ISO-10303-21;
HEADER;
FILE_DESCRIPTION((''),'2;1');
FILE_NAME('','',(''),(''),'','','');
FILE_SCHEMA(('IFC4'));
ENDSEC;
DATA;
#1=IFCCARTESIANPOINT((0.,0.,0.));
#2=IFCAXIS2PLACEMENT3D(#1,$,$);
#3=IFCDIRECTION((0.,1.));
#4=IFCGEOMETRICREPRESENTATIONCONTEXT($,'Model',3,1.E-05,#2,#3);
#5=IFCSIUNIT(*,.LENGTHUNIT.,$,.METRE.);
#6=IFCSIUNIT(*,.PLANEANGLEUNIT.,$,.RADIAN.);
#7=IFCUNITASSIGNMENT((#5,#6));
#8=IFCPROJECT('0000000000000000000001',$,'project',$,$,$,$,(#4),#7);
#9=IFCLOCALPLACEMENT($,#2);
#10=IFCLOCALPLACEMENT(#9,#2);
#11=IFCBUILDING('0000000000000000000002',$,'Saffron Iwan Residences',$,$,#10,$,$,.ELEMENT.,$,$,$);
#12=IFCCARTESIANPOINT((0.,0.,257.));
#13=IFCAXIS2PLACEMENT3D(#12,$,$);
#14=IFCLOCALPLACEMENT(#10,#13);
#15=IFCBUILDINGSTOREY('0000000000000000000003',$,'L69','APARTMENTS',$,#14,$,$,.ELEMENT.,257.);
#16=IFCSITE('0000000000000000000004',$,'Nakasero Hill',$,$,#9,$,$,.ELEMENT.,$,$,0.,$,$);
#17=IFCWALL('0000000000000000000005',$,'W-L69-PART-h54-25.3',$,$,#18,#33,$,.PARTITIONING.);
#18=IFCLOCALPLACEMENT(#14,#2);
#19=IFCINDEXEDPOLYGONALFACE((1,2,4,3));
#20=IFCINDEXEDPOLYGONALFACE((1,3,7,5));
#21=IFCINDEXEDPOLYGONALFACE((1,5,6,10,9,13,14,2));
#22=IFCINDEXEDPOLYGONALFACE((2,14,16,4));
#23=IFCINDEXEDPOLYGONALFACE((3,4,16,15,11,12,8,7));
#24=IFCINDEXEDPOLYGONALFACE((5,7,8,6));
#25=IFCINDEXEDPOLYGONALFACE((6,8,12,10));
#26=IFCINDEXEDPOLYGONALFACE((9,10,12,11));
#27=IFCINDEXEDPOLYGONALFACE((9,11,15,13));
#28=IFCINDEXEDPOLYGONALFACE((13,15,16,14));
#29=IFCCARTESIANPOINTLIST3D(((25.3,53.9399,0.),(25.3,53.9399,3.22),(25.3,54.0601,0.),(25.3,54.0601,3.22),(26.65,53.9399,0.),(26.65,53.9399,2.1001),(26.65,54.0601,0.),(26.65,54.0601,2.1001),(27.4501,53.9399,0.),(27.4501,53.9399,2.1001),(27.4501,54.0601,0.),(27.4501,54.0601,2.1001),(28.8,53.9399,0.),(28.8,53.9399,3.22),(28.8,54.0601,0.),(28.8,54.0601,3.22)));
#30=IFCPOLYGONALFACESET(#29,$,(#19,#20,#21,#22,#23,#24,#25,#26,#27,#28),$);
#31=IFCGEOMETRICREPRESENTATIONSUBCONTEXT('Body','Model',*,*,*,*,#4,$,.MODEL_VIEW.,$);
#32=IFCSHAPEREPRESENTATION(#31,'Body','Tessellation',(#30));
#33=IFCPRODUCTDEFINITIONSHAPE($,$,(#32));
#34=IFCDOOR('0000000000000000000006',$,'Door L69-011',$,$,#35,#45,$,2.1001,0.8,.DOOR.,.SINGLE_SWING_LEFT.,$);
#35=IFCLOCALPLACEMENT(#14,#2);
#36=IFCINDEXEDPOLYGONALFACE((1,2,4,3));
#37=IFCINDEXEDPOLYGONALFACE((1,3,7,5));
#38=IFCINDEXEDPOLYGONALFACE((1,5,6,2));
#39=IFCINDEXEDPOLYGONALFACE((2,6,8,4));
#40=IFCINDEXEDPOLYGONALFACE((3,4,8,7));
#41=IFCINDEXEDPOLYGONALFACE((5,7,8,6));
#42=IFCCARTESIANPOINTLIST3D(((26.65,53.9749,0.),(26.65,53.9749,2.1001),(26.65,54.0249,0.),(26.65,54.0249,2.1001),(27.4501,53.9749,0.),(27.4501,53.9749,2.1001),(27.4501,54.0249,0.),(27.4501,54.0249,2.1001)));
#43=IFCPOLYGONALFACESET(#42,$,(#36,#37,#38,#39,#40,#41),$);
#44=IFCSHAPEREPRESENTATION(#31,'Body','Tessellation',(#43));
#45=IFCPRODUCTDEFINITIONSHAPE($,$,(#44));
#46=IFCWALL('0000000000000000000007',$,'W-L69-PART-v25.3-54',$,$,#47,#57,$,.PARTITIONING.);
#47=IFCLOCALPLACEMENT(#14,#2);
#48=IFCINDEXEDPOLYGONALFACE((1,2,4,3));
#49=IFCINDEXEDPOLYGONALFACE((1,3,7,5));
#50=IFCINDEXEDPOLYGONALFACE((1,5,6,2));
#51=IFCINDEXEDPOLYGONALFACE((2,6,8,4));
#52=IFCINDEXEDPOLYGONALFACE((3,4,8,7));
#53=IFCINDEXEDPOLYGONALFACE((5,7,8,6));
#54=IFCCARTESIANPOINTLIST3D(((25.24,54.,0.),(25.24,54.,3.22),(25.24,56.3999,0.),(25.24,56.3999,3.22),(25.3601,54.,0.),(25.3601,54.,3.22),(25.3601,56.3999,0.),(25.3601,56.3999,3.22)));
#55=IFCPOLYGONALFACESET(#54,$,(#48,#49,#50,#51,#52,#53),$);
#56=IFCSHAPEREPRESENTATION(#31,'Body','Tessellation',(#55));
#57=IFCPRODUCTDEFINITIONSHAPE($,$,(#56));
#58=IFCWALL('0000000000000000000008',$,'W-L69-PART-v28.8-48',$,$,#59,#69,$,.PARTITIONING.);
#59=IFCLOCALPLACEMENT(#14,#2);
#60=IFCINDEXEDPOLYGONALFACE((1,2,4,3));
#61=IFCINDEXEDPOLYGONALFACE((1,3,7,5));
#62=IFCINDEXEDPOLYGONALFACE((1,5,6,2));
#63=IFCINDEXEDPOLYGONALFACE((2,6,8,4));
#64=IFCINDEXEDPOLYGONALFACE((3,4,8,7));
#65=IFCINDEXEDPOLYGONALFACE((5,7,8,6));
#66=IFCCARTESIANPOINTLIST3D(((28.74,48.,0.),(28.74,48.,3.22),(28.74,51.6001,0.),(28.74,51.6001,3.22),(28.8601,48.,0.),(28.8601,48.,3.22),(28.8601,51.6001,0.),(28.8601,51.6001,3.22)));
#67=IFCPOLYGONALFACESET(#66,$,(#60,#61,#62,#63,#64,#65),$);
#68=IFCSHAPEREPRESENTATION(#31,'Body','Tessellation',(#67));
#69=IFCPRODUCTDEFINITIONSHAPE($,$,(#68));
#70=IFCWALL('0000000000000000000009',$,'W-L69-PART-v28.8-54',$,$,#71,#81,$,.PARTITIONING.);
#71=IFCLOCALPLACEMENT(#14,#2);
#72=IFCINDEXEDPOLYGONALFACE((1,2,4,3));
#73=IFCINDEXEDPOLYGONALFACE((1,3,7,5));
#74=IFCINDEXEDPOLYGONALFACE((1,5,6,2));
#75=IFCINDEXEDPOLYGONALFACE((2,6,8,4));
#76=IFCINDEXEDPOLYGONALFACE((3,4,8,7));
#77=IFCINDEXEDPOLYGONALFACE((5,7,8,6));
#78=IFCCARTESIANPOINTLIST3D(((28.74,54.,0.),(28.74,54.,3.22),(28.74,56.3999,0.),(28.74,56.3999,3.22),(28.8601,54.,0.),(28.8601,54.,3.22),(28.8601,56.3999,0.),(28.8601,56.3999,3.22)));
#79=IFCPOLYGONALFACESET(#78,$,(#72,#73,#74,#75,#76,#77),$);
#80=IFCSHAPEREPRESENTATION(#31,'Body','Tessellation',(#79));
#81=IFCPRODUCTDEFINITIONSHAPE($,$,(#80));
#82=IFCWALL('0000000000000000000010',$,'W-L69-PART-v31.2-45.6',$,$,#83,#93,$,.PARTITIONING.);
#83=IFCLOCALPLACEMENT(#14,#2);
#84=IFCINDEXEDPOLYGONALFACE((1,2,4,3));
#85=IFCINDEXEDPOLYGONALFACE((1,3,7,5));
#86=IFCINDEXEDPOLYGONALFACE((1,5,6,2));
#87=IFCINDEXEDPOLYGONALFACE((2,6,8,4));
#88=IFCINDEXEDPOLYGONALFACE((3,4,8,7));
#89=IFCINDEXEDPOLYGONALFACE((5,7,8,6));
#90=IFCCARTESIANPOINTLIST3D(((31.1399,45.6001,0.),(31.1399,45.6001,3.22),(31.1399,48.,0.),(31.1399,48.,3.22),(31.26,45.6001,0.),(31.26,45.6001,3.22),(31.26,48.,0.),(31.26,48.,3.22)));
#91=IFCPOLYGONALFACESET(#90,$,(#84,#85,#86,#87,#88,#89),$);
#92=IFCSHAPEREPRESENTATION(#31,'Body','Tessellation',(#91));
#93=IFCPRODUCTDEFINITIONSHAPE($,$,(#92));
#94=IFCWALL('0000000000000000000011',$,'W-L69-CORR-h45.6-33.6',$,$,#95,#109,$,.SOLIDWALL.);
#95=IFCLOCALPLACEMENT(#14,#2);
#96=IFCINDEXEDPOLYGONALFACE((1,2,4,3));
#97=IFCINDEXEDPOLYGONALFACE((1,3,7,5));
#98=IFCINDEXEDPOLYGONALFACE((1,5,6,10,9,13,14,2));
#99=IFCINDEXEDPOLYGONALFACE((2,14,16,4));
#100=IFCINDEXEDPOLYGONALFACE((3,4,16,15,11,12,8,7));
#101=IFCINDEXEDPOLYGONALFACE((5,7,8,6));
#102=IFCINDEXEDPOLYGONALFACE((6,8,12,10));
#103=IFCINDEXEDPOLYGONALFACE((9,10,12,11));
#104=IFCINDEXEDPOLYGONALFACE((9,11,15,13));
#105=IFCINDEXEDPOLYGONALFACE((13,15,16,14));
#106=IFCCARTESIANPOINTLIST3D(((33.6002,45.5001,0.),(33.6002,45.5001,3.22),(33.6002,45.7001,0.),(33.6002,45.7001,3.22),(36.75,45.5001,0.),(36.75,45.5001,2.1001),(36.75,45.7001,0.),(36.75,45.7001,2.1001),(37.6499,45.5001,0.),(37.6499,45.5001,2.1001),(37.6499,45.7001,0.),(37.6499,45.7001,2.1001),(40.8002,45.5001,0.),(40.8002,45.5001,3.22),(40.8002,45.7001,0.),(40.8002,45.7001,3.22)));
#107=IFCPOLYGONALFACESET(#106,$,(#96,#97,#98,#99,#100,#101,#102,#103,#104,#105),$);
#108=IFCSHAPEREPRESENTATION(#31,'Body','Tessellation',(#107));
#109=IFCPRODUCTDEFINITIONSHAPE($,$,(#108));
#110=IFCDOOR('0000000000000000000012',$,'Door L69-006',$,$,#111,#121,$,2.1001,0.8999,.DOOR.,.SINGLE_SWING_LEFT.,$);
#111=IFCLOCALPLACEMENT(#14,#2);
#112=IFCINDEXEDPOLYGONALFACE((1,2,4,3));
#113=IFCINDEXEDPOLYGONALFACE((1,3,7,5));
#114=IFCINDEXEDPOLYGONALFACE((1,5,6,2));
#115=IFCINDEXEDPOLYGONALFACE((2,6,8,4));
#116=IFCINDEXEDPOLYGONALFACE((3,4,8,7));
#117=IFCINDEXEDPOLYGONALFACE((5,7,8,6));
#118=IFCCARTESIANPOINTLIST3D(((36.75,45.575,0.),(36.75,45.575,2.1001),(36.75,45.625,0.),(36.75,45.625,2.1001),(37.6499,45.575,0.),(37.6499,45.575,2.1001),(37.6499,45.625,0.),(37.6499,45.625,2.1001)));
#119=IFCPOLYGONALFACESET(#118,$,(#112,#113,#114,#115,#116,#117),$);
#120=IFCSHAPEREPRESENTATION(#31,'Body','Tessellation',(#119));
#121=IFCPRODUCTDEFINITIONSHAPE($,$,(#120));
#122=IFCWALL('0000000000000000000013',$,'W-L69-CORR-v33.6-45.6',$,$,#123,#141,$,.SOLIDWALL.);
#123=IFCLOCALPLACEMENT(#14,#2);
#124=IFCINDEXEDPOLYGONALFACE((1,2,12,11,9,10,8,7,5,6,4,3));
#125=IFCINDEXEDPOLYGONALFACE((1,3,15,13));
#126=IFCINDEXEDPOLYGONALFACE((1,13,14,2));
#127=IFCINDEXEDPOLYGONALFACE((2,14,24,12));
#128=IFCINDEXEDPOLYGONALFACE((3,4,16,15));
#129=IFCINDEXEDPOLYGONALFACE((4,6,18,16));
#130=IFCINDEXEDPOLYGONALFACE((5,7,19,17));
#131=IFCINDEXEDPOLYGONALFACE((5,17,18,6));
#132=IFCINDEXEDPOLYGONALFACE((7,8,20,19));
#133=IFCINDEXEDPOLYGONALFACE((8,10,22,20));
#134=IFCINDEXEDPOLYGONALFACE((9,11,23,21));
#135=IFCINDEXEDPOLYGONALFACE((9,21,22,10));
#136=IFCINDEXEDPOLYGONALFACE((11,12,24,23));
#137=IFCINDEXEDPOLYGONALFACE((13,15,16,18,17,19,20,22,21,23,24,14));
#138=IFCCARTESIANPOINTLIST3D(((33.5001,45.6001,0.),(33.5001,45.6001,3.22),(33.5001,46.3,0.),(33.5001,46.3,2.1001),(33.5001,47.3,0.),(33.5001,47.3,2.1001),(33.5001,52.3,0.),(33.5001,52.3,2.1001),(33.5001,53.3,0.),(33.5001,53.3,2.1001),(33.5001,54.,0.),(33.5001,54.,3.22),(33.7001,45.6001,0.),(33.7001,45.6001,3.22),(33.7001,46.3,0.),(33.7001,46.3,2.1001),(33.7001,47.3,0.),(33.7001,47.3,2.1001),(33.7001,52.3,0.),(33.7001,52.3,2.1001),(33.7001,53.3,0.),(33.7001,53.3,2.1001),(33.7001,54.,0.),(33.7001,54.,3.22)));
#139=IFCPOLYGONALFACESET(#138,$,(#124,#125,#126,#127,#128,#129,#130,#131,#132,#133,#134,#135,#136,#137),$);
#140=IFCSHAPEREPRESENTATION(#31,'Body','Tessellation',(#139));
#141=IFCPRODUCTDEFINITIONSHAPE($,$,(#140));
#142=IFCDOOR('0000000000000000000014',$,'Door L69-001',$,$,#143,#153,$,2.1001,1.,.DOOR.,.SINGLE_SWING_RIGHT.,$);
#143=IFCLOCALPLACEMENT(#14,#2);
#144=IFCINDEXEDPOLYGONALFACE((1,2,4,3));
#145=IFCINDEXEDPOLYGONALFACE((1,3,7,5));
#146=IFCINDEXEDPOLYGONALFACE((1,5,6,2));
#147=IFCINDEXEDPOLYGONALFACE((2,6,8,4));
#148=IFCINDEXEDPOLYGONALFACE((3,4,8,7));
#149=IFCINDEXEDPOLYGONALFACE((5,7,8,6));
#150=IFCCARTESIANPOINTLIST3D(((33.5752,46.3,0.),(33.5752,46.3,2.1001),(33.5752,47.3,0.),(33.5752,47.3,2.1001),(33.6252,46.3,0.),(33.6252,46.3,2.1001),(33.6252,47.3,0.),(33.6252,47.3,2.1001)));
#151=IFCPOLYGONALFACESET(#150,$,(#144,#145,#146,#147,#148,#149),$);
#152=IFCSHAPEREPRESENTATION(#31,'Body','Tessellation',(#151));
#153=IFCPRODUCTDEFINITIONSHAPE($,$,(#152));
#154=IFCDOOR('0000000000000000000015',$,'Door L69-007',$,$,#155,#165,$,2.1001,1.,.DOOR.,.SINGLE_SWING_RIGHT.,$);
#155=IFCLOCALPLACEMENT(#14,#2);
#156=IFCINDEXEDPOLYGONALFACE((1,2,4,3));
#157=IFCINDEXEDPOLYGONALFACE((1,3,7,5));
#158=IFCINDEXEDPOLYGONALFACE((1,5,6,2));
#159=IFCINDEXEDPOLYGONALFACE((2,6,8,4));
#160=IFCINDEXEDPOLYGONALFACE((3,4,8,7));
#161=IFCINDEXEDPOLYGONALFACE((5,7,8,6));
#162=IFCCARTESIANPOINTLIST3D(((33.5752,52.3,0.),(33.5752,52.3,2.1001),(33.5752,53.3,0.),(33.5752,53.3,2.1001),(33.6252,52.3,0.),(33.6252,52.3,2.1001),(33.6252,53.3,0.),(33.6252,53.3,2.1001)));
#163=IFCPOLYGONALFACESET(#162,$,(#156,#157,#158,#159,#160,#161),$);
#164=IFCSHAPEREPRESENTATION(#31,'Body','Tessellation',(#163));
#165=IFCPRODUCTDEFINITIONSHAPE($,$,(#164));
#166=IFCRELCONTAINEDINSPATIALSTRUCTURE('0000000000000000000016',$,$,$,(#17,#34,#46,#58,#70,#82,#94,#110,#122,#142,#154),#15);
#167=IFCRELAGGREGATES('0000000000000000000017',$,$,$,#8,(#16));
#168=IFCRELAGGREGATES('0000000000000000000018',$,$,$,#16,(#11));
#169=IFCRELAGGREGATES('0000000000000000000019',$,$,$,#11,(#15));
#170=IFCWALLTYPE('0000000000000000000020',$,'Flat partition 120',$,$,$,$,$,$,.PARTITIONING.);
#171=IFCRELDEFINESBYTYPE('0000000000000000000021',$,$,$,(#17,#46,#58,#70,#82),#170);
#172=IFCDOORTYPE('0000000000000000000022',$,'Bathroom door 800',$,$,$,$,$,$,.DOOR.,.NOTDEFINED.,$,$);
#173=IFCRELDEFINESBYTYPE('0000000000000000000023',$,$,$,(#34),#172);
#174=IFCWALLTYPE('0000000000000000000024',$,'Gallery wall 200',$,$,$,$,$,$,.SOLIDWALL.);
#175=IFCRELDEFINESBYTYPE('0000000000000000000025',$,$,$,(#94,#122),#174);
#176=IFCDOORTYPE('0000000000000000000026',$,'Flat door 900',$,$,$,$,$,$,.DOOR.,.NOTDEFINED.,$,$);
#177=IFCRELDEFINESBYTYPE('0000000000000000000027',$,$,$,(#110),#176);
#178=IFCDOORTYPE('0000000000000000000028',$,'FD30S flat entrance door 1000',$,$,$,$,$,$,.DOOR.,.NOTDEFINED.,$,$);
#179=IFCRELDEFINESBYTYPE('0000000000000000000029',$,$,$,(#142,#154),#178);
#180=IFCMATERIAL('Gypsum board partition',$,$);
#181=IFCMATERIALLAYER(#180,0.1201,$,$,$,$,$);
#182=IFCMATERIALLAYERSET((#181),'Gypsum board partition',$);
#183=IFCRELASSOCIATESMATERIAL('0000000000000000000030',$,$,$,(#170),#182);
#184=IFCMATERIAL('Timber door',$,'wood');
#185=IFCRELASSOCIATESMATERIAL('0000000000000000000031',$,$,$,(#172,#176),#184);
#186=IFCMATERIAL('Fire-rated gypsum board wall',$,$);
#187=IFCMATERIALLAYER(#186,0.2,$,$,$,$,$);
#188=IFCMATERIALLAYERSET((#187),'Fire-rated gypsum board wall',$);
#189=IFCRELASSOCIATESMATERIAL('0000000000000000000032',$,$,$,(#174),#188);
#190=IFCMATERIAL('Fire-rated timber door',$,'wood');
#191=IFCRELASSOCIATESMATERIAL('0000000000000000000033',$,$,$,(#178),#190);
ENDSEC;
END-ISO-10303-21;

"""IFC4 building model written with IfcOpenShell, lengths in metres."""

from ifc_helpers import new_model, si_unit, direction, frame, frame_2d, origin, place, context, subcontext, project, spatial, rectangle, extrude, material, layer, layer_set, type_object, element, fill, save


model = new_model("IFC4")

# Units and contexts
model_context = context("Model", 3, precision=1e-05, world=origin(), true_north=direction((0.0, 1.0)))
body_context = subcontext(model_context, "Body", "Model", "MODEL_VIEW")
ifc_project = project(units=[si_unit("LENGTHUNIT", "METRE"), si_unit("PLANEANGLEUNIT", "RADIAN")], contexts=[model_context])

# Site, building, storey
site_placement = place(None, origin())
site = spatial("IfcSite", under=ifc_project, at=site_placement, Name="Nakasero Hill", CompositionType="ELEMENT", RefElevation=0.0)
building_placement = place(site_placement, origin())
building = spatial("IfcBuilding", under=site, at=building_placement, Name="Saffron Iwan Residences", CompositionType="ELEMENT")
storey_placement = place(building_placement, frame((0.0, 0.0, 257.0)))
storey = spatial("IfcBuildingStorey", under=building, at=storey_placement, Name="L69", Description="APARTMENTS", CompositionType="ELEMENT", Elevation=257.0)

# Wall, opening, door
ifc_material_1 = material(Name="Gypsum board partition")
ifc_layer_1 = layer(ifc_material_1, 0.1201)
ifc_layer_set_1 = layer_set([ifc_layer_1], Name="Gypsum board partition")
wall_type_1 = type_object("IfcWallType", Name="Flat partition 120", PredefinedType="PARTITIONING", material=ifc_layer_set_1)
wall_1_placement = place(storey_placement, frame((25.3, 54.0, 0.0), z_axis=(0.0, 0.0, 1.0), x_axis=(1.0, 0.0, 0.0)))
wall_1 = element("IfcWall", 1, at=wall_1_placement, inside=storey, type_object=wall_type_1, Name="W-L69-PART-h54-25.3", PredefinedType="PARTITIONING", context=body_context, shape_type="SweptSolid", body=[
    extrude(rectangle(XDim=3.5, YDim=0.1201, at=frame_2d((1.75, 0.0))), origin(), (0.0, 0.0, 1.0), 3.22),
])
opening_1_placement = place(wall_1_placement, frame((1.3501, 0.0, 0.0)))
opening_1 = element("IfcOpeningElement", 2, at=opening_1_placement, cuts=wall_1, PredefinedType="OPENING", context=body_context, shape_type="SweptSolid", body=[
    extrude(rectangle(XDim=0.8, YDim=2.1001, at=frame_2d((0.3999, 1.05))), frame((0.0, 0.0701, 0.0), z_axis=(0.0, -1.0, 0.0), x_axis=(1.0, 0.0, 0.0)), (0.0, 0.0, 1.0), 0.1401),
])
ifc_material_2 = material(Name="Timber door", Category="wood")
door_type_1 = type_object("IfcDoorType", Name="Bathroom door 800", OperationType="NOTDEFINED", PredefinedType="DOOR", material=ifc_material_2)
door_1_placement = place(opening_1_placement, origin())
door_1 = element("IfcDoor", 3, at=door_1_placement, inside=storey, type_object=door_type_1, Name="Door L69-011", OperationType="SINGLE_SWING_LEFT", OverallHeight=2.1001, OverallWidth=0.8, PredefinedType="DOOR", context=body_context, shape_type="SweptSolid", body=[
    extrude(rectangle(XDim=0.8, YDim=2.1001, at=frame_2d((0.3999, 1.05))), frame((0.0, 0.0249, 0.0), z_axis=(0.0, -1.0, 0.0), x_axis=(1.0, 0.0, 0.0)), (0.0, 0.0, 1.0), 0.05),
])
fill(opening_1, door_1)

# Walls
wall_2_placement = place(storey_placement, frame((25.3, 54.0, 0.0), z_axis=(0.0, 0.0, 1.0), x_axis=(0.0, 1.0, 0.0)))
element("IfcWall", 4, at=wall_2_placement, inside=storey, type_object=wall_type_1, Name="W-L69-PART-v25.3-54", PredefinedType="PARTITIONING", context=body_context, shape_type="SweptSolid", body=[
    extrude(rectangle(XDim=2.3999, YDim=0.1201, at=frame_2d((1.2, 0.0))), origin(), (0.0, 0.0, 1.0), 3.22),
])
wall_3_placement = place(storey_placement, frame((28.8, 48.0, 0.0), z_axis=(0.0, 0.0, 1.0), x_axis=(0.0, 1.0, 0.0)))
element("IfcWall", 5, at=wall_3_placement, inside=storey, type_object=wall_type_1, Name="W-L69-PART-v28.8-48", PredefinedType="PARTITIONING", context=body_context, shape_type="SweptSolid", body=[
    extrude(rectangle(XDim=3.6001, YDim=0.1201, at=frame_2d((1.8, 0.0))), origin(), (0.0, 0.0, 1.0), 3.22),
])
for number, where, z_axis, x_axis, name in (
    (6, (28.8, 54.0, 0.0), (0.0, 0.0, 1.0), (0.0, 1.0, 0.0), "W-L69-PART-v28.8-54"),
    (7, (31.2, 45.6001, 0.0), (0.0, 0.0, 1.0), (0.0, 1.0, 0.0), "W-L69-PART-v31.2-45.6"),
):
    element("IfcWall", number, at=place(storey_placement, frame(where, z_axis=z_axis, x_axis=x_axis)), inside=storey, type_object=wall_type_1, Name=name, PredefinedType="PARTITIONING", context=body_context, shape_type="SweptSolid", body=[
        extrude(rectangle(XDim=2.3999, YDim=0.1201, at=frame_2d((1.2, 0.0))), origin(), (0.0, 0.0, 1.0), 3.22),
    ])

# Wall, opening, door
ifc_material_3 = material(Name="Fire-rated gypsum board wall")
ifc_layer_2 = layer(ifc_material_3, 0.2)
ifc_layer_set_2 = layer_set([ifc_layer_2], Name="Fire-rated gypsum board wall")
wall_type_2 = type_object("IfcWallType", Name="Gallery wall 200", PredefinedType="SOLIDWALL", material=ifc_layer_set_2)
wall_4_placement = place(storey_placement, frame((33.6001, 45.6001, 0.0), z_axis=(0.0, 0.0, 1.0), x_axis=(1.0, 0.0, 0.0)))
wall_4 = element("IfcWall", 8, at=wall_4_placement, inside=storey, type_object=wall_type_2, Name="W-L69-CORR-h45.6-33.6", PredefinedType="SOLIDWALL", context=body_context, shape_type="SweptSolid", body=[
    extrude(rectangle(XDim=7.2, YDim=0.2, at=frame_2d((3.6001, 0.0))), origin(), (0.0, 0.0, 1.0), 3.22),
])
opening_2_placement = place(wall_4_placement, frame((3.1499, 0.0, 0.0)))
opening_2 = element("IfcOpeningElement", 9, at=opening_2_placement, cuts=wall_4, PredefinedType="OPENING", context=body_context, shape_type="SweptSolid", body=[
    extrude(rectangle(XDim=0.8999, YDim=2.1001, at=frame_2d((0.45, 1.05))), frame((0.0, 0.1099, 0.0), z_axis=(0.0, -1.0, 0.0), x_axis=(1.0, 0.0, 0.0)), (0.0, 0.0, 1.0), 0.22),
])
door_type_2 = type_object("IfcDoorType", Name="Flat door 900", OperationType="NOTDEFINED", PredefinedType="DOOR", material=ifc_material_2)
door_2_placement = place(opening_2_placement, origin())
door_2 = element("IfcDoor", 10, at=door_2_placement, inside=storey, type_object=door_type_2, Name="Door L69-006", OperationType="SINGLE_SWING_LEFT", OverallHeight=2.1001, OverallWidth=0.8999, PredefinedType="DOOR", context=body_context, shape_type="SweptSolid", body=[
    extrude(rectangle(XDim=0.8999, YDim=2.1001, at=frame_2d((0.45, 1.05))), frame((0.0, 0.0249, 0.0), z_axis=(0.0, -1.0, 0.0), x_axis=(1.0, 0.0, 0.0)), (0.0, 0.0, 1.0), 0.05),
])
fill(opening_2, door_2)

# Wall, openings, doors
wall_5_placement = place(storey_placement, frame((33.6001, 45.6001, 0.0), z_axis=(0.0, 0.0, 1.0), x_axis=(0.0, 1.0, 0.0)))
wall_5 = element("IfcWall", 11, at=wall_5_placement, inside=storey, type_object=wall_type_2, Name="W-L69-CORR-v33.6-45.6", PredefinedType="SOLIDWALL", context=body_context, shape_type="SweptSolid", body=[
    extrude(rectangle(XDim=8.3999, YDim=0.2, at=frame_2d((4.2, 0.0))), origin(), (0.0, 0.0, 1.0), 3.22),
])
opening_3_placement = place(wall_5_placement, frame((0.7, 0.0, 0.0)))
opening_3 = element("IfcOpeningElement", 12, at=opening_3_placement, cuts=wall_5, PredefinedType="OPENING", context=body_context, shape_type="SweptSolid", body=[
    extrude(rectangle(XDim=1.0, YDim=2.1001, at=frame_2d((0.5, 1.05))), frame((0.0, 0.1099, 0.0), z_axis=(0.0, -1.0, 0.0), x_axis=(1.0, 0.0, 0.0)), (0.0, 0.0, 1.0), 0.22),
])
opening_4_placement = place(wall_5_placement, frame((6.7, 0.0, 0.0)))
opening_4 = element("IfcOpeningElement", 13, at=opening_4_placement, cuts=wall_5, PredefinedType="OPENING", context=body_context, shape_type="SweptSolid", body=[
    extrude(rectangle(XDim=1.0, YDim=2.1001, at=frame_2d((0.5, 1.05))), frame((0.0, 0.1099, 0.0), z_axis=(0.0, -1.0, 0.0), x_axis=(1.0, 0.0, 0.0)), (0.0, 0.0, 1.0), 0.22),
])
ifc_material_4 = material(Name="Fire-rated timber door", Category="wood")
door_type_3 = type_object("IfcDoorType", Name="FD30S flat entrance door 1000", OperationType="NOTDEFINED", PredefinedType="DOOR", material=ifc_material_4)
door_3_placement = place(opening_3_placement, origin())
door_3 = element("IfcDoor", 14, at=door_3_placement, inside=storey, type_object=door_type_3, Name="Door L69-001", OperationType="SINGLE_SWING_RIGHT", OverallHeight=2.1001, OverallWidth=1.0, PredefinedType="DOOR", context=body_context, shape_type="SweptSolid", body=[
    extrude(rectangle(XDim=1.0, YDim=2.1001, at=frame_2d((0.5, 1.05))), frame((0.0, 0.0249, 0.0), z_axis=(0.0, -1.0, 0.0), x_axis=(1.0, 0.0, 0.0)), (0.0, 0.0, 1.0), 0.05),
])
fill(opening_3, door_3)
door_4_placement = place(opening_4_placement, origin())
door_4 = element("IfcDoor", 15, at=door_4_placement, inside=storey, type_object=door_type_3, Name="Door L69-007", OperationType="SINGLE_SWING_RIGHT", OverallHeight=2.1001, OverallWidth=1.0, PredefinedType="DOOR", context=body_context, shape_type="SweptSolid", body=[
    extrude(rectangle(XDim=1.0, YDim=2.1001, at=frame_2d((0.5, 1.05))), frame((0.0, 0.0249, 0.0), z_axis=(0.0, -1.0, 0.0), x_axis=(1.0, 0.0, 0.0)), (0.0, 0.0, 1.0), 0.05),
])
fill(opening_4, door_4)

save(model, "model.ifc")
